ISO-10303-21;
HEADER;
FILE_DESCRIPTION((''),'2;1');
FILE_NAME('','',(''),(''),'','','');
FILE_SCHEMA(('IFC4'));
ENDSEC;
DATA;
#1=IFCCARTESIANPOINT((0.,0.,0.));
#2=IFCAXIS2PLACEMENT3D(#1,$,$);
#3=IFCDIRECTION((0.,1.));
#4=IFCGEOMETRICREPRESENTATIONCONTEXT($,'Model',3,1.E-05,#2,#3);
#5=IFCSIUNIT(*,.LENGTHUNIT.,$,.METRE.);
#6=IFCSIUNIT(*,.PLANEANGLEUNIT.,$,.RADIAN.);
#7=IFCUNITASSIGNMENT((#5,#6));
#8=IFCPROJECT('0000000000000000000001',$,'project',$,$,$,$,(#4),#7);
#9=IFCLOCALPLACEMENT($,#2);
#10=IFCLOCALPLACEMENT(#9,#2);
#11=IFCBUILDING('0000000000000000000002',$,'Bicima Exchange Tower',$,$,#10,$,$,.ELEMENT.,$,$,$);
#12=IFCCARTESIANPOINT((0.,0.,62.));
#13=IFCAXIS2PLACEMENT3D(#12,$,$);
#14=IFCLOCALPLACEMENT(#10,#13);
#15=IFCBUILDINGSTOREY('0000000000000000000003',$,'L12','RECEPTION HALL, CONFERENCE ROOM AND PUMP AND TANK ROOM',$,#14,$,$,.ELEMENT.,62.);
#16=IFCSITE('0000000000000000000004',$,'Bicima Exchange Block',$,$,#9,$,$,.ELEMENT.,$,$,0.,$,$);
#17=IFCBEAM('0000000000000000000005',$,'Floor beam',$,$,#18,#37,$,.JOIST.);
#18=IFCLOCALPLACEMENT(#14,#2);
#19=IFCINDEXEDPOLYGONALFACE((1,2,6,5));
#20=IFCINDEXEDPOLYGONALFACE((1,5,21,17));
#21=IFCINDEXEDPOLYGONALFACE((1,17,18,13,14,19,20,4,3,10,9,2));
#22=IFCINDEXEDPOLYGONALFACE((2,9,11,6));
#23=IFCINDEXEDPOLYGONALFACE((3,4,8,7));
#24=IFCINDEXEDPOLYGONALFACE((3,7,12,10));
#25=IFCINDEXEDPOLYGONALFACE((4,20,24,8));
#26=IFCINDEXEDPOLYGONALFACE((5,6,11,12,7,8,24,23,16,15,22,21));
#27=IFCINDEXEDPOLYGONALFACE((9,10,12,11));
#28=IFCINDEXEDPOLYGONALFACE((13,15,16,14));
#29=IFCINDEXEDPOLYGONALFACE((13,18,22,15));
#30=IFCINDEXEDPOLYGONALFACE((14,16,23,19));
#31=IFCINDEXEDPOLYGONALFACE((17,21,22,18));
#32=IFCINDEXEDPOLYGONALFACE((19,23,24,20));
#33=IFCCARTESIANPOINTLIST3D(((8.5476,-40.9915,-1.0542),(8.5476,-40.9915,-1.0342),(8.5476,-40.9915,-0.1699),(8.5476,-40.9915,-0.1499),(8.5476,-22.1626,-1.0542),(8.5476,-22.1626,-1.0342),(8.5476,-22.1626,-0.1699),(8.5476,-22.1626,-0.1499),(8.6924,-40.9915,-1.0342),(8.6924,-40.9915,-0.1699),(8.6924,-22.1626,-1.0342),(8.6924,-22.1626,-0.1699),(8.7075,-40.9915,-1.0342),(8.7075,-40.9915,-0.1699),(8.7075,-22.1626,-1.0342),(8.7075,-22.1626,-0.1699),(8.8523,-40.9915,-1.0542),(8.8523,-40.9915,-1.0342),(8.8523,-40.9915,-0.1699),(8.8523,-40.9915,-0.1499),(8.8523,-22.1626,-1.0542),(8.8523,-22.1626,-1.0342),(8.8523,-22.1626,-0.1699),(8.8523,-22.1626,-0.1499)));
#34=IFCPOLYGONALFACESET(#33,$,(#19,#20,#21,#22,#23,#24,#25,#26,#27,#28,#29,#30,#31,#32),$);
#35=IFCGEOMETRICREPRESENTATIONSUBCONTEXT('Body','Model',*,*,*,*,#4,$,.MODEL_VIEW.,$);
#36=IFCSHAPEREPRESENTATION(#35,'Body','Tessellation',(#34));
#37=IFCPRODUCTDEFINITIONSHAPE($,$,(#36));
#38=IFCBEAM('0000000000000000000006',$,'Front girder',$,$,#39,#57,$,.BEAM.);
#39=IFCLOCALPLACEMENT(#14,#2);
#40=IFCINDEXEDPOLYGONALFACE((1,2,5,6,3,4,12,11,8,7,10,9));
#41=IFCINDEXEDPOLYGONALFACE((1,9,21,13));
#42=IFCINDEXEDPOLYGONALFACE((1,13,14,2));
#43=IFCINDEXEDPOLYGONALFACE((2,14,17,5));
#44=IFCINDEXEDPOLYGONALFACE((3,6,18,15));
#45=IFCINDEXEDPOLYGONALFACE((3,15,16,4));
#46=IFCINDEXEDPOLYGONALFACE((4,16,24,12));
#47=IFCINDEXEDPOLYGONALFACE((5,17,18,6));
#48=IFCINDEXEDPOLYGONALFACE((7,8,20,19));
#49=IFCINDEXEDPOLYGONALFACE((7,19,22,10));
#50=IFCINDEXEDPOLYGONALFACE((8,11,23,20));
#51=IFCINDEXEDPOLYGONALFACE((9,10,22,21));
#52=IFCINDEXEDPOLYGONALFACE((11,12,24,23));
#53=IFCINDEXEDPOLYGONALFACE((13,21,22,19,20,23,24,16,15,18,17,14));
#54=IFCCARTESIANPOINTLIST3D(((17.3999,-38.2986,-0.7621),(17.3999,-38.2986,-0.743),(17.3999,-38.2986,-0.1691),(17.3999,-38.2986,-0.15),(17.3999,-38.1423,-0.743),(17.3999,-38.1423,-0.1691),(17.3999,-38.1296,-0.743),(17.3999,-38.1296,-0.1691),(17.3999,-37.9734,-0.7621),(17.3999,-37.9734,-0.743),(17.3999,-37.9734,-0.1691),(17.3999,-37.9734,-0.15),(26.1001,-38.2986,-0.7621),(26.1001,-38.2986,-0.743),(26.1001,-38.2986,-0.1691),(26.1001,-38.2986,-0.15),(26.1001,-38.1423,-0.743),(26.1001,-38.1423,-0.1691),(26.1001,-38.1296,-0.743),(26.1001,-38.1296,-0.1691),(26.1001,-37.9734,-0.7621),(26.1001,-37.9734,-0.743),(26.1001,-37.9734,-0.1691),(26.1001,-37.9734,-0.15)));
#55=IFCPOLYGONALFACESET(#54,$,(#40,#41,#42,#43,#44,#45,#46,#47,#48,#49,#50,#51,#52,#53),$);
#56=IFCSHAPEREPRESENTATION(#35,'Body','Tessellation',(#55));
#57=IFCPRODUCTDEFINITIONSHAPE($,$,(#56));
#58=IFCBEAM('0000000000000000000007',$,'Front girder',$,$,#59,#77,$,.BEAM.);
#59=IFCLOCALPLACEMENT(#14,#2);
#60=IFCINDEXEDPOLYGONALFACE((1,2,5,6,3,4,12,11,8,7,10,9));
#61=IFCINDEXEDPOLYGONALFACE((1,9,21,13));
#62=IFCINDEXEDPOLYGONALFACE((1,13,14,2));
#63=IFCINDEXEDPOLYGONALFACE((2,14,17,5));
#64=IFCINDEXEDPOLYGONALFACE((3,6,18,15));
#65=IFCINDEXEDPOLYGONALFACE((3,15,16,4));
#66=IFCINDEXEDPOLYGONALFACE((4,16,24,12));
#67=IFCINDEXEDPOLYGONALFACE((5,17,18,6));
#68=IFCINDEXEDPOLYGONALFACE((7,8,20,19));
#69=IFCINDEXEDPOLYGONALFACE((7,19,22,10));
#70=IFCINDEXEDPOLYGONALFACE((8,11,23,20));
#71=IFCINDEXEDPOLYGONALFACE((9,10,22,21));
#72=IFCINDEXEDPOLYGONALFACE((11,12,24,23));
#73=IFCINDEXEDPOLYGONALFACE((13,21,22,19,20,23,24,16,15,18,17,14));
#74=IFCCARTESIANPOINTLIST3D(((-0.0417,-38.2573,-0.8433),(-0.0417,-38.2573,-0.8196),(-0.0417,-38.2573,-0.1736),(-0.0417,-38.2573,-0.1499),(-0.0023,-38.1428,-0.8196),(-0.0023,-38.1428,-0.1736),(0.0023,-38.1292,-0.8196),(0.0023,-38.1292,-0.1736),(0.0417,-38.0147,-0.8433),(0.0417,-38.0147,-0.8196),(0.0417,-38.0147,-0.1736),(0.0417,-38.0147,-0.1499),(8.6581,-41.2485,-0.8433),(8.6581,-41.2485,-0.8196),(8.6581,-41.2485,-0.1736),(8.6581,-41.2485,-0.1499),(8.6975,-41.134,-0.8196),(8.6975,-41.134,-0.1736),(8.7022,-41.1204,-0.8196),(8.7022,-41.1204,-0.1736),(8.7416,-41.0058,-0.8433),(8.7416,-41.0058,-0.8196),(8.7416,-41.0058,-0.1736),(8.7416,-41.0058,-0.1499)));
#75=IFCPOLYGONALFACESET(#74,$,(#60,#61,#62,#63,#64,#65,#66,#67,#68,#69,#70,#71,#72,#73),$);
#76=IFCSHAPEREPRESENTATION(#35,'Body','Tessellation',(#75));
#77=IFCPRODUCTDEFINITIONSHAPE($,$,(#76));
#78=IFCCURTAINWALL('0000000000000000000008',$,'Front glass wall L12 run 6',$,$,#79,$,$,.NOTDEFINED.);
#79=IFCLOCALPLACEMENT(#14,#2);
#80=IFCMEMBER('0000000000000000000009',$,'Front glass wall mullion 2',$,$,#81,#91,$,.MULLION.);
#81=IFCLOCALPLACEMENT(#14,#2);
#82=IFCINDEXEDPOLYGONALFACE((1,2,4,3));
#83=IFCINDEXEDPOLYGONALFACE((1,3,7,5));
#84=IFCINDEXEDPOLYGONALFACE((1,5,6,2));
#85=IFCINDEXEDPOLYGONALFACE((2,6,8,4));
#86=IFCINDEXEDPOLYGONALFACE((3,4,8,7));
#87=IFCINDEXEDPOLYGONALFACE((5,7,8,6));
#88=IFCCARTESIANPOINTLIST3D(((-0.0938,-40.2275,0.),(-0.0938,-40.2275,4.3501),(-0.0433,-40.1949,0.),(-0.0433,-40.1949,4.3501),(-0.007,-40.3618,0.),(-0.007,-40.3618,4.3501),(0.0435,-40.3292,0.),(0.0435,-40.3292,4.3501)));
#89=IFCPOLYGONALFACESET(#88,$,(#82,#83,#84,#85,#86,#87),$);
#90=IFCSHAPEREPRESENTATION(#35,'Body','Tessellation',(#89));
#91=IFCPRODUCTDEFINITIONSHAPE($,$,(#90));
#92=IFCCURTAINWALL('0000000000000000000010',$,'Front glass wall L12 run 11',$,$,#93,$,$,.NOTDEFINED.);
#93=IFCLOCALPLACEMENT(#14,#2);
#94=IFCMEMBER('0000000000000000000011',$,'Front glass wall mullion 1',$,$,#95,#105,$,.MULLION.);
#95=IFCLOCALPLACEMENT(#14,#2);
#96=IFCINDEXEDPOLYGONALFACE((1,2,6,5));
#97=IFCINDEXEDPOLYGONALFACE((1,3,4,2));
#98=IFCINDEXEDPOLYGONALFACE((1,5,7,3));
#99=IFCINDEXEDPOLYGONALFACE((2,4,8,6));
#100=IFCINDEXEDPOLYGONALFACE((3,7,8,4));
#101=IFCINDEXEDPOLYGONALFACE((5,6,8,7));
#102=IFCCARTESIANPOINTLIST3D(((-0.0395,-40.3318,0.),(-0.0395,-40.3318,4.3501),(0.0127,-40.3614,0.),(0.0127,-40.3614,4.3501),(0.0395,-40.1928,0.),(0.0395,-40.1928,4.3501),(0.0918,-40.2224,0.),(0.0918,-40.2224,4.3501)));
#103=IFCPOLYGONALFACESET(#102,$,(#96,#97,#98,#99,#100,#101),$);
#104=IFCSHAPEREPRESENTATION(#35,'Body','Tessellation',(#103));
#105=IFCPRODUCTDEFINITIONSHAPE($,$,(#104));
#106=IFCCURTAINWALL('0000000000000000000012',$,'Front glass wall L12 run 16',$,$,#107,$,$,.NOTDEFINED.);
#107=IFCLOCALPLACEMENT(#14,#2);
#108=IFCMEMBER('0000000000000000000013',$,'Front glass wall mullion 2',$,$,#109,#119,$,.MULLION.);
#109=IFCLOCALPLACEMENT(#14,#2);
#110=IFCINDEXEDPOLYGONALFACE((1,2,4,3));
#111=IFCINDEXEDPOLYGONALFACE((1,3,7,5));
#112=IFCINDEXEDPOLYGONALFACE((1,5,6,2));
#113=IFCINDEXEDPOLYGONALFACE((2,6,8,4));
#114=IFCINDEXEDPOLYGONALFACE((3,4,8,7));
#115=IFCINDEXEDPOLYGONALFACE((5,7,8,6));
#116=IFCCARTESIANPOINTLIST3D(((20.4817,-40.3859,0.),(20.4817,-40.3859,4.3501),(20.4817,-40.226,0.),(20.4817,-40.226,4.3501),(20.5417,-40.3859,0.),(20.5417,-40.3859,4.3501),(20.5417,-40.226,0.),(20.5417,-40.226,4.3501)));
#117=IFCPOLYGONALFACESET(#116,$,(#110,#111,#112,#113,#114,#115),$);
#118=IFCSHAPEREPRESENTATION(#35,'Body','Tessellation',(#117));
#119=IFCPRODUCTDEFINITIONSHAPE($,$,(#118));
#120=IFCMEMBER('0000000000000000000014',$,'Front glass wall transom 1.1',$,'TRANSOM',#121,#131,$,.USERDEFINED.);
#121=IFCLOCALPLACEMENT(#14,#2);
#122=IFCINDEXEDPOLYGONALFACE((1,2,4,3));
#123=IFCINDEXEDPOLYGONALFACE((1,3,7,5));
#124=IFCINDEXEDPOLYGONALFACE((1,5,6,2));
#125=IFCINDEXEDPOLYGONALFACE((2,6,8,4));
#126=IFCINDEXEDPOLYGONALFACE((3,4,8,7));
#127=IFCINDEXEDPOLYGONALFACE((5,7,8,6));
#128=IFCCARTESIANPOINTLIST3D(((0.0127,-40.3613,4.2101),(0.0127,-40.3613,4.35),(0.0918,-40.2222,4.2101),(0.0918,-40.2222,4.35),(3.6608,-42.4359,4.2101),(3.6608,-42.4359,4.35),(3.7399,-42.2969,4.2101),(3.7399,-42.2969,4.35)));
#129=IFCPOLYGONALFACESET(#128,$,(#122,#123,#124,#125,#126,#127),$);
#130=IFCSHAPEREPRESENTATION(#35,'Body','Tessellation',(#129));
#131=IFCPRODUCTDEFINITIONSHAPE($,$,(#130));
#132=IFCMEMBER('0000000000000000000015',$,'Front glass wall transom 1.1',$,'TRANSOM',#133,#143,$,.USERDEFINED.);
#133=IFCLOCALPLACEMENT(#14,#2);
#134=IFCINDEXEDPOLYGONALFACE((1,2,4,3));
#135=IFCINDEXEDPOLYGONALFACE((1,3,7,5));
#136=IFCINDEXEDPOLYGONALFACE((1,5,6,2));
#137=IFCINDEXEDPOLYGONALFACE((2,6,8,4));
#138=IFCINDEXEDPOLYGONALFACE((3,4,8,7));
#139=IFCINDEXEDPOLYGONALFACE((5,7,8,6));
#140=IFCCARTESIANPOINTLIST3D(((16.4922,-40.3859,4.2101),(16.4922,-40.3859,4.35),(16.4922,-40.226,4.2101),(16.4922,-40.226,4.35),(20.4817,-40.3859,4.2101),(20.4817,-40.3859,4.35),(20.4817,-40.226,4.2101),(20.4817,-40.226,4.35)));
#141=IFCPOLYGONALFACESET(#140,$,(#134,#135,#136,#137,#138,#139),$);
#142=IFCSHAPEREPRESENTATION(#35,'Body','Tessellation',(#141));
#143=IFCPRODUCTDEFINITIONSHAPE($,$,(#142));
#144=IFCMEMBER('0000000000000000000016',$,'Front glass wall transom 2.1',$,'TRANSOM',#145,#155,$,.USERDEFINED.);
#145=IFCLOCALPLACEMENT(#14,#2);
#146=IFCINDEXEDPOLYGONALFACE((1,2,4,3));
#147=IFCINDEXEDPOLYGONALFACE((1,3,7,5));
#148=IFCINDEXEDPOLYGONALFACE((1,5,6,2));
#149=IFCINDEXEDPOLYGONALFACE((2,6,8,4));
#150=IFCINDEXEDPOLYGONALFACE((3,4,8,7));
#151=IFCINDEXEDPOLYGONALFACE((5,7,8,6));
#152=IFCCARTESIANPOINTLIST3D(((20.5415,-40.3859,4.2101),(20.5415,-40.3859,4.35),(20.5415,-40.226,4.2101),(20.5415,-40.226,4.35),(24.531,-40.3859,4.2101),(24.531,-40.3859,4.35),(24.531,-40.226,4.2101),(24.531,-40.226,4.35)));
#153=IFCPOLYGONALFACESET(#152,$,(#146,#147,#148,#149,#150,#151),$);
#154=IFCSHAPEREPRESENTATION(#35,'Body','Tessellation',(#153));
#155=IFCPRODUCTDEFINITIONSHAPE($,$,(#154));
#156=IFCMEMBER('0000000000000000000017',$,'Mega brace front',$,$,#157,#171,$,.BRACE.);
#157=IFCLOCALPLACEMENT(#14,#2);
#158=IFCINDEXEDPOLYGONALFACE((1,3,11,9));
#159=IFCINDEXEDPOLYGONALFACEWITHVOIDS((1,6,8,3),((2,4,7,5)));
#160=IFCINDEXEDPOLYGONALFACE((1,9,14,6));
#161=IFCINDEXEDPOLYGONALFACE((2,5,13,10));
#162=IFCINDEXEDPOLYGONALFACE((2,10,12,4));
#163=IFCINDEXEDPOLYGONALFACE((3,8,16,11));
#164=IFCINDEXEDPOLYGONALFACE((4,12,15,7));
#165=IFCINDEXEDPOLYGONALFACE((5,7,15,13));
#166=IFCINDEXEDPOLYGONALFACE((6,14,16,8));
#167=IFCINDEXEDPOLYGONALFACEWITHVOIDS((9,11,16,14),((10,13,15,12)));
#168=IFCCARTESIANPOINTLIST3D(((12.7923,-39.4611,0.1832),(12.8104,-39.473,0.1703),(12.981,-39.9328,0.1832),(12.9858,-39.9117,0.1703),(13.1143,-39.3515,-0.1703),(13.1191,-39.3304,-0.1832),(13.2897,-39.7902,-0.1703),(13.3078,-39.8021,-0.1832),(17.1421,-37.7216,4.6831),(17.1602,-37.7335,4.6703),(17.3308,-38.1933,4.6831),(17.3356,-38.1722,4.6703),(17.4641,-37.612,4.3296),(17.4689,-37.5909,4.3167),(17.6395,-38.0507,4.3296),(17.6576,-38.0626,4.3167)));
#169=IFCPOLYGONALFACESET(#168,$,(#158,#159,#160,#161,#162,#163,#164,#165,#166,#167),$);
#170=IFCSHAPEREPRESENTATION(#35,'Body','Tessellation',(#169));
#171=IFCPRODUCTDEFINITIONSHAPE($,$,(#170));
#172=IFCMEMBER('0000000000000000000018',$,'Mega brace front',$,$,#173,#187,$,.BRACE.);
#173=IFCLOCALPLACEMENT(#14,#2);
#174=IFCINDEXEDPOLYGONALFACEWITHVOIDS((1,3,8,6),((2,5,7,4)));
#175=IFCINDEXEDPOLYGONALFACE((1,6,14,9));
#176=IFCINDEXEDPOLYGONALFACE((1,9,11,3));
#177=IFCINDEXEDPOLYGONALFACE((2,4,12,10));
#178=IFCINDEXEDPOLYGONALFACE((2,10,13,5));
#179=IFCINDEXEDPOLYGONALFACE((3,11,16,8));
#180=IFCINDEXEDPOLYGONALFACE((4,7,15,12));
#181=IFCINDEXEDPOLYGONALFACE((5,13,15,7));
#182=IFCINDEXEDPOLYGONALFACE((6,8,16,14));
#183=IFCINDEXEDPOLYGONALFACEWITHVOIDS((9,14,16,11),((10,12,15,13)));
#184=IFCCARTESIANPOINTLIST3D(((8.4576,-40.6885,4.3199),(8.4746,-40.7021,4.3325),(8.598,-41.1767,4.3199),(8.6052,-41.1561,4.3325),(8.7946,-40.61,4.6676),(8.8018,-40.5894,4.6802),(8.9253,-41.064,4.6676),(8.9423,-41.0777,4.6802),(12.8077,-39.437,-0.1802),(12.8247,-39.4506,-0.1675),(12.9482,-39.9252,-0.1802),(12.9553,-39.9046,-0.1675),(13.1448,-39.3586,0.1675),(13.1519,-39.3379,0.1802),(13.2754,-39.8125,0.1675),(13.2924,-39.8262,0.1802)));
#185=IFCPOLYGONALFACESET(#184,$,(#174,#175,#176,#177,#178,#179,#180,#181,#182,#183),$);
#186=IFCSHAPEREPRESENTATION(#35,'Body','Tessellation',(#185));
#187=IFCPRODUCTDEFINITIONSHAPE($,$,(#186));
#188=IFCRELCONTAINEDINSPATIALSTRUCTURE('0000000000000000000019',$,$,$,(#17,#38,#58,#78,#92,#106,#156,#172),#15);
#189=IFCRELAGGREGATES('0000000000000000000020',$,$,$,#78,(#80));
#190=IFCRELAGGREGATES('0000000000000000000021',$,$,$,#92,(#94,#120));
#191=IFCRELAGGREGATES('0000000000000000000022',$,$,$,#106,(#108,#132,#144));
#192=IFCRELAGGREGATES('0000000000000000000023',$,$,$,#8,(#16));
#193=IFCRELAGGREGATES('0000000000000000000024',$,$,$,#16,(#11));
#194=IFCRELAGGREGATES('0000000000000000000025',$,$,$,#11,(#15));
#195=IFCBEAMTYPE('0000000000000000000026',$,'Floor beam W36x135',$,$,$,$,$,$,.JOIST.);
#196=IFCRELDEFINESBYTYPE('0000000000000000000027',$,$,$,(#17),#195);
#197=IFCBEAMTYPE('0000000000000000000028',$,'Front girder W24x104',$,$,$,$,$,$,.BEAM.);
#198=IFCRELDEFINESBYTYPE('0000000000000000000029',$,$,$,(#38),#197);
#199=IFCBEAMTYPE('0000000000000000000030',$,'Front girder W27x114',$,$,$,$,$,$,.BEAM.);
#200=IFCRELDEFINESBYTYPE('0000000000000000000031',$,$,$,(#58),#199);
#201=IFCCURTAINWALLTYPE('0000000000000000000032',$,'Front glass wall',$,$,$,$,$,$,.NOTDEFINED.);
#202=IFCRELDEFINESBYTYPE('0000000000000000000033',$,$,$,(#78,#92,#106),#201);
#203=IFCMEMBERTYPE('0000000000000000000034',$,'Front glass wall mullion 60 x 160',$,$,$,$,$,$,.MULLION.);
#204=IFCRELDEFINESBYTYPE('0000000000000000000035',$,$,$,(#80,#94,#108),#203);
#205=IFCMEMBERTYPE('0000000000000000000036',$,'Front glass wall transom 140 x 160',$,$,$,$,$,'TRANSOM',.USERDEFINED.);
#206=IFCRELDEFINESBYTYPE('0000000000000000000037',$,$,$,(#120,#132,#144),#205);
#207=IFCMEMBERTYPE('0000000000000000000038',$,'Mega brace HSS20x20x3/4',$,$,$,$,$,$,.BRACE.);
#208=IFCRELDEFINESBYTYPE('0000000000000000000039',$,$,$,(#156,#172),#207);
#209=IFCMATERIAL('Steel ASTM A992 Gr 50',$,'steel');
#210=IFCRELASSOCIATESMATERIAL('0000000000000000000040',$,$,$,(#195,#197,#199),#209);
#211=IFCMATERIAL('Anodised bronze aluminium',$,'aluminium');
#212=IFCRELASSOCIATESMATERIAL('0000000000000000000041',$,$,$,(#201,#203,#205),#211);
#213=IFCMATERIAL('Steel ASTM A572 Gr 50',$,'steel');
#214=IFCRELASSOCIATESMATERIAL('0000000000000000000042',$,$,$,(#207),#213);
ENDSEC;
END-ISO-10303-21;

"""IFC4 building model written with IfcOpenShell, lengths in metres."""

from ifc_helpers import new_model, si_unit, direction, frame, origin, origin_2d, place, context, subcontext, project, spatial, rectangle, hollow_rectangle, i_section, extrude, material, material_profile, profile_set, type_object, element, aggregate, save


model = new_model("IFC4")

# Units and contexts
model_context = context("Model", 3, precision=1e-05, world=origin(), true_north=direction((0.0, 1.0)))
body_context = subcontext(model_context, "Body", "Model", "MODEL_VIEW")
ifc_project = project(units=[si_unit("LENGTHUNIT", "METRE"), si_unit("PLANEANGLEUNIT", "RADIAN")], contexts=[model_context])

# Site, building, storey
site_placement = place(None, origin())
site = spatial("IfcSite", under=ifc_project, at=site_placement, Name="Bicima Exchange Block", CompositionType="ELEMENT", RefElevation=0.0)
building_placement = place(site_placement, origin())
building = spatial("IfcBuilding", under=site, at=building_placement, Name="Bicima Exchange Tower", CompositionType="ELEMENT")
storey_placement = place(building_placement, frame((0.0, 0.0, 62.0)))
storey = spatial("IfcBuildingStorey", under=building, at=storey_placement, Name="L12", Description="RECEPTION HALL, CONFERENCE ROOM AND PUMP AND TANK ROOM", CompositionType="ELEMENT", Elevation=62.0)

# Shared definitions
ifc_material_1 = material(Name="Steel ASTM A992 Gr 50", Category="steel")

# Beams
ifc_material_profile_1 = material_profile(ifc_material_1, i_section(OverallWidth=0.3047, OverallDepth=0.9043, WebThickness=0.0151, FlangeThickness=0.02, at=origin_2d()))
ifc_profile_set_1 = profile_set([ifc_material_profile_1], Name="Steel ASTM A992 Gr 50")
beam_type_1 = type_object("IfcBeamType", Name="Floor beam W36x135", PredefinedType="JOIST", material=ifc_profile_set_1)
beam_1_placement = place(storey_placement, frame((8.7, -22.1626, -0.6021), z_axis=(0.0, -1.0, 0.0), x_axis=(1.0, 0.0, 0.0)))
element("IfcBeam", 1, at=beam_1_placement, inside=storey, type_object=beam_type_1, Name="Floor beam", PredefinedType="JOIST", context=body_context, shape_type="SweptSolid", body=[
    extrude(i_section(OverallWidth=0.3047, OverallDepth=0.9043, WebThickness=0.0151, FlangeThickness=0.02, at=origin_2d()), origin(), (0.0, 0.0, 1.0), 18.8289),
])
ifc_material_profile_2 = material_profile(ifc_material_1, i_section(OverallWidth=0.3252, OverallDepth=0.6121, WebThickness=0.0127, FlangeThickness=0.019, at=origin_2d()))
ifc_profile_set_2 = profile_set([ifc_material_profile_2], Name="Steel ASTM A992 Gr 50")
beam_type_2 = type_object("IfcBeamType", Name="Front girder W24x104", PredefinedType="BEAM", material=ifc_profile_set_2)
beam_2_placement = place(storey_placement, frame((17.3999, -38.136, -0.4561), z_axis=(1.0, 0.0, 0.0), x_axis=(0.0, 1.0, 0.0)))
element("IfcBeam", 2, at=beam_2_placement, inside=storey, type_object=beam_type_2, Name="Front girder", PredefinedType="BEAM", context=body_context, shape_type="SweptSolid", body=[
    extrude(i_section(OverallWidth=0.3252, OverallDepth=0.6121, WebThickness=0.0127, FlangeThickness=0.019, at=origin_2d()), origin(), (0.0, 0.0, 1.0), 8.7002),
])
ifc_material_profile_3 = material_profile(ifc_material_1, i_section(OverallWidth=0.2566, OverallDepth=0.6934, WebThickness=0.0144, FlangeThickness=0.0237, at=origin_2d()))
ifc_profile_set_3 = profile_set([ifc_material_profile_3], Name="Steel ASTM A992 Gr 50")
beam_type_3 = type_object("IfcBeamType", Name="Front girder W27x114", PredefinedType="BEAM", material=ifc_profile_set_3)
beam_3_placement = place(storey_placement, frame((0.0, -38.136, -0.4966), z_axis=(0.945666, -0.325138, 0.0), x_axis=(0.325138, 0.945666, 0.0)))
element("IfcBeam", 3, at=beam_3_placement, inside=storey, type_object=beam_type_3, Name="Front girder", PredefinedType="BEAM", context=body_context, shape_type="SweptSolid", body=[
    extrude(i_section(OverallWidth=0.2566, OverallDepth=0.6934, WebThickness=0.0144, FlangeThickness=0.0237, at=origin_2d()), origin(), (0.0, 0.0, 1.0), 9.1997),
])

# Curtain walls, members
ifc_material_2 = material(Name="Anodised bronze aluminium", Category="aluminium")
curtain_wall_type = type_object("IfcCurtainWallType", Name="Front glass wall", PredefinedType="NOTDEFINED", material=ifc_material_2)
curtain_wall_1_placement = place(storey_placement, origin())
curtain_wall_1 = element("IfcCurtainWall", 4, at=curtain_wall_1_placement, inside=storey, type_object=curtain_wall_type, Name="Front glass wall L12 run 6", PredefinedType="NOTDEFINED")
ifc_material_profile_4 = material_profile(ifc_material_2, rectangle(XDim=0.1599, YDim=0.0601, at=origin_2d()))
ifc_profile_set_4 = profile_set([ifc_material_profile_4], Name="Anodised bronze aluminium")
member_type_1 = type_object("IfcMemberType", Name="Front glass wall mullion 60 x 160", PredefinedType="MULLION", material=ifc_profile_set_4)
member_1_placement = place(storey_placement, frame((-0.0251, -40.2783, 0.0), z_axis=(0.0, 0.0, 1.0), x_axis=(-0.542897, 0.839799, 0.0)))
member_1 = element("IfcMember", 5, at=member_1_placement, type_object=member_type_1, Name="Front glass wall mullion 2", PredefinedType="MULLION", context=body_context, shape_type="SweptSolid", body=[
    extrude(rectangle(XDim=0.1599, YDim=0.0601, at=origin_2d()), origin(), (0.0, 0.0, 1.0), 4.3501),
])
aggregate(curtain_wall_1, [member_1])
curtain_wall_2_placement = place(storey_placement, origin())
curtain_wall_2 = element("IfcCurtainWall", 6, at=curtain_wall_2_placement, inside=storey, type_object=curtain_wall_type, Name="Front glass wall L12 run 11", PredefinedType="NOTDEFINED")
member_2_placement = place(storey_placement, frame((0.0261, -40.2771, 0.0), z_axis=(0.0, 0.0, 1.0), x_axis=(0.49433, 0.869274, 0.0)))
member_2 = element("IfcMember", 7, at=member_2_placement, type_object=member_type_1, Name="Front glass wall mullion 1", PredefinedType="MULLION", context=body_context, shape_type="SweptSolid", body=[
    extrude(rectangle(XDim=0.1599, YDim=0.0601, at=origin_2d()), origin(), (0.0, 0.0, 1.0), 4.3501),
])
curtain_wall_3_placement = place(storey_placement, origin())
curtain_wall_3 = element("IfcCurtainWall", 8, at=curtain_wall_3_placement, inside=storey, type_object=curtain_wall_type, Name="Front glass wall L12 run 16", PredefinedType="NOTDEFINED")
member_3_placement = place(storey_placement, frame((20.5117, -40.3059, 0.0), z_axis=(0.0, 0.0, 1.0), x_axis=(0.0, 1.0, 0.0)))
member_3 = element("IfcMember", 9, at=member_3_placement, type_object=member_type_1, Name="Front glass wall mullion 2", PredefinedType="MULLION", context=body_context, shape_type="SweptSolid", body=[
    extrude(rectangle(XDim=0.1599, YDim=0.0601, at=origin_2d()), origin(), (0.0, 0.0, 1.0), 4.3501),
])

# Members
ifc_material_profile_5 = material_profile(ifc_material_2, rectangle(XDim=0.1599, YDim=0.1399, at=origin_2d()))
ifc_profile_set_5 = profile_set([ifc_material_profile_5], Name="Anodised bronze aluminium")
member_type_2 = type_object("IfcMemberType", Name="Front glass wall transom 140 x 160", ElementType="TRANSOM", PredefinedType="USERDEFINED", material=ifc_profile_set_5)
member_4_placement = place(storey_placement, frame((0.0522, -40.2917, 4.28), z_axis=(0.869265, -0.494346, 0.0), x_axis=(0.494346, 0.869265, 0.0)))
member_4 = element("IfcMember", 10, at=member_4_placement, type_object=member_type_2, Name="Front glass wall transom 1.1", ObjectType="TRANSOM", PredefinedType="USERDEFINED", context=body_context, shape_type="SweptSolid", body=[
    extrude(rectangle(XDim=0.1599, YDim=0.1399, at=origin_2d()), origin(), (0.0, 0.0, 1.0), 4.1968),
])
aggregate(curtain_wall_2, [member_2, member_4])
member_5_placement = place(storey_placement, frame((16.4922, -40.3059, 4.28), z_axis=(1.0, 0.0, 0.0), x_axis=(0.0, 1.0, 0.0)))
member_5 = element("IfcMember", 11, at=member_5_placement, type_object=member_type_2, Name="Front glass wall transom 1.1", ObjectType="TRANSOM", PredefinedType="USERDEFINED", context=body_context, shape_type="SweptSolid", body=[
    extrude(rectangle(XDim=0.1599, YDim=0.1399, at=origin_2d()), origin(), (0.0, 0.0, 1.0), 3.9895),
])
member_6_placement = place(storey_placement, frame((20.5415, -40.3059, 4.28), z_axis=(1.0, 0.0, 0.0), x_axis=(0.0, 1.0, 0.0)))
member_6 = element("IfcMember", 12, at=member_6_placement, type_object=member_type_2, Name="Front glass wall transom 2.1", ObjectType="TRANSOM", PredefinedType="USERDEFINED", context=body_context, shape_type="SweptSolid", body=[
    extrude(rectangle(XDim=0.1599, YDim=0.1399, at=origin_2d()), origin(), (0.0, 0.0, 1.0), 3.9895),
])

# Members
ifc_material_3 = material(Name="Steel ASTM A572 Gr 50", Category="steel")
ifc_material_profile_6 = material_profile(ifc_material_3, hollow_rectangle(XDim=0.5081, YDim=0.5081, WallThickness=0.0178, at=origin_2d()))
ifc_profile_set_6 = profile_set([ifc_material_profile_6], Name="Steel ASTM A572 Gr 50")
member_type_3 = type_object("IfcMemberType", Name="Mega brace HSS20x20x3/4", PredefinedType="BRACE", material=ifc_profile_set_6)
member_7_placement = place(storey_placement, frame((13.05, -39.6316, 0.0), z_axis=(0.669628, 0.267783, 0.692742), x_axis=(-0.37131, 0.928509, 0.0)))
element("IfcMember", 13, at=member_7_placement, inside=storey, type_object=member_type_3, Name="Mega brace front", PredefinedType="BRACE", context=body_context, shape_type="SweptSolid", body=[
    extrude(hollow_rectangle(XDim=0.5081, YDim=0.5081, WallThickness=0.0178, at=origin_2d()), origin(), (0.0, 0.0, 1.0), 6.4958),
])
member_8_placement = place(storey_placement, frame((13.05, -39.6316, 0.0), z_axis=(-0.68154, -0.19607, 0.705025), x_axis=(0.276473, -0.961022, 0.0)))
element("IfcMember", 14, at=member_8_placement, inside=storey, type_object=member_type_3, Name="Mega brace front", PredefinedType="BRACE", context=body_context, shape_type="SweptSolid", body=[
    extrude(hollow_rectangle(XDim=0.5081, YDim=0.5081, WallThickness=0.0178, at=origin_2d()), origin(), (0.0, 0.0, 1.0), 6.3828),
])

aggregate(curtain_wall_3, [member_3, member_5, member_6])

save(model, "model.ifc")
